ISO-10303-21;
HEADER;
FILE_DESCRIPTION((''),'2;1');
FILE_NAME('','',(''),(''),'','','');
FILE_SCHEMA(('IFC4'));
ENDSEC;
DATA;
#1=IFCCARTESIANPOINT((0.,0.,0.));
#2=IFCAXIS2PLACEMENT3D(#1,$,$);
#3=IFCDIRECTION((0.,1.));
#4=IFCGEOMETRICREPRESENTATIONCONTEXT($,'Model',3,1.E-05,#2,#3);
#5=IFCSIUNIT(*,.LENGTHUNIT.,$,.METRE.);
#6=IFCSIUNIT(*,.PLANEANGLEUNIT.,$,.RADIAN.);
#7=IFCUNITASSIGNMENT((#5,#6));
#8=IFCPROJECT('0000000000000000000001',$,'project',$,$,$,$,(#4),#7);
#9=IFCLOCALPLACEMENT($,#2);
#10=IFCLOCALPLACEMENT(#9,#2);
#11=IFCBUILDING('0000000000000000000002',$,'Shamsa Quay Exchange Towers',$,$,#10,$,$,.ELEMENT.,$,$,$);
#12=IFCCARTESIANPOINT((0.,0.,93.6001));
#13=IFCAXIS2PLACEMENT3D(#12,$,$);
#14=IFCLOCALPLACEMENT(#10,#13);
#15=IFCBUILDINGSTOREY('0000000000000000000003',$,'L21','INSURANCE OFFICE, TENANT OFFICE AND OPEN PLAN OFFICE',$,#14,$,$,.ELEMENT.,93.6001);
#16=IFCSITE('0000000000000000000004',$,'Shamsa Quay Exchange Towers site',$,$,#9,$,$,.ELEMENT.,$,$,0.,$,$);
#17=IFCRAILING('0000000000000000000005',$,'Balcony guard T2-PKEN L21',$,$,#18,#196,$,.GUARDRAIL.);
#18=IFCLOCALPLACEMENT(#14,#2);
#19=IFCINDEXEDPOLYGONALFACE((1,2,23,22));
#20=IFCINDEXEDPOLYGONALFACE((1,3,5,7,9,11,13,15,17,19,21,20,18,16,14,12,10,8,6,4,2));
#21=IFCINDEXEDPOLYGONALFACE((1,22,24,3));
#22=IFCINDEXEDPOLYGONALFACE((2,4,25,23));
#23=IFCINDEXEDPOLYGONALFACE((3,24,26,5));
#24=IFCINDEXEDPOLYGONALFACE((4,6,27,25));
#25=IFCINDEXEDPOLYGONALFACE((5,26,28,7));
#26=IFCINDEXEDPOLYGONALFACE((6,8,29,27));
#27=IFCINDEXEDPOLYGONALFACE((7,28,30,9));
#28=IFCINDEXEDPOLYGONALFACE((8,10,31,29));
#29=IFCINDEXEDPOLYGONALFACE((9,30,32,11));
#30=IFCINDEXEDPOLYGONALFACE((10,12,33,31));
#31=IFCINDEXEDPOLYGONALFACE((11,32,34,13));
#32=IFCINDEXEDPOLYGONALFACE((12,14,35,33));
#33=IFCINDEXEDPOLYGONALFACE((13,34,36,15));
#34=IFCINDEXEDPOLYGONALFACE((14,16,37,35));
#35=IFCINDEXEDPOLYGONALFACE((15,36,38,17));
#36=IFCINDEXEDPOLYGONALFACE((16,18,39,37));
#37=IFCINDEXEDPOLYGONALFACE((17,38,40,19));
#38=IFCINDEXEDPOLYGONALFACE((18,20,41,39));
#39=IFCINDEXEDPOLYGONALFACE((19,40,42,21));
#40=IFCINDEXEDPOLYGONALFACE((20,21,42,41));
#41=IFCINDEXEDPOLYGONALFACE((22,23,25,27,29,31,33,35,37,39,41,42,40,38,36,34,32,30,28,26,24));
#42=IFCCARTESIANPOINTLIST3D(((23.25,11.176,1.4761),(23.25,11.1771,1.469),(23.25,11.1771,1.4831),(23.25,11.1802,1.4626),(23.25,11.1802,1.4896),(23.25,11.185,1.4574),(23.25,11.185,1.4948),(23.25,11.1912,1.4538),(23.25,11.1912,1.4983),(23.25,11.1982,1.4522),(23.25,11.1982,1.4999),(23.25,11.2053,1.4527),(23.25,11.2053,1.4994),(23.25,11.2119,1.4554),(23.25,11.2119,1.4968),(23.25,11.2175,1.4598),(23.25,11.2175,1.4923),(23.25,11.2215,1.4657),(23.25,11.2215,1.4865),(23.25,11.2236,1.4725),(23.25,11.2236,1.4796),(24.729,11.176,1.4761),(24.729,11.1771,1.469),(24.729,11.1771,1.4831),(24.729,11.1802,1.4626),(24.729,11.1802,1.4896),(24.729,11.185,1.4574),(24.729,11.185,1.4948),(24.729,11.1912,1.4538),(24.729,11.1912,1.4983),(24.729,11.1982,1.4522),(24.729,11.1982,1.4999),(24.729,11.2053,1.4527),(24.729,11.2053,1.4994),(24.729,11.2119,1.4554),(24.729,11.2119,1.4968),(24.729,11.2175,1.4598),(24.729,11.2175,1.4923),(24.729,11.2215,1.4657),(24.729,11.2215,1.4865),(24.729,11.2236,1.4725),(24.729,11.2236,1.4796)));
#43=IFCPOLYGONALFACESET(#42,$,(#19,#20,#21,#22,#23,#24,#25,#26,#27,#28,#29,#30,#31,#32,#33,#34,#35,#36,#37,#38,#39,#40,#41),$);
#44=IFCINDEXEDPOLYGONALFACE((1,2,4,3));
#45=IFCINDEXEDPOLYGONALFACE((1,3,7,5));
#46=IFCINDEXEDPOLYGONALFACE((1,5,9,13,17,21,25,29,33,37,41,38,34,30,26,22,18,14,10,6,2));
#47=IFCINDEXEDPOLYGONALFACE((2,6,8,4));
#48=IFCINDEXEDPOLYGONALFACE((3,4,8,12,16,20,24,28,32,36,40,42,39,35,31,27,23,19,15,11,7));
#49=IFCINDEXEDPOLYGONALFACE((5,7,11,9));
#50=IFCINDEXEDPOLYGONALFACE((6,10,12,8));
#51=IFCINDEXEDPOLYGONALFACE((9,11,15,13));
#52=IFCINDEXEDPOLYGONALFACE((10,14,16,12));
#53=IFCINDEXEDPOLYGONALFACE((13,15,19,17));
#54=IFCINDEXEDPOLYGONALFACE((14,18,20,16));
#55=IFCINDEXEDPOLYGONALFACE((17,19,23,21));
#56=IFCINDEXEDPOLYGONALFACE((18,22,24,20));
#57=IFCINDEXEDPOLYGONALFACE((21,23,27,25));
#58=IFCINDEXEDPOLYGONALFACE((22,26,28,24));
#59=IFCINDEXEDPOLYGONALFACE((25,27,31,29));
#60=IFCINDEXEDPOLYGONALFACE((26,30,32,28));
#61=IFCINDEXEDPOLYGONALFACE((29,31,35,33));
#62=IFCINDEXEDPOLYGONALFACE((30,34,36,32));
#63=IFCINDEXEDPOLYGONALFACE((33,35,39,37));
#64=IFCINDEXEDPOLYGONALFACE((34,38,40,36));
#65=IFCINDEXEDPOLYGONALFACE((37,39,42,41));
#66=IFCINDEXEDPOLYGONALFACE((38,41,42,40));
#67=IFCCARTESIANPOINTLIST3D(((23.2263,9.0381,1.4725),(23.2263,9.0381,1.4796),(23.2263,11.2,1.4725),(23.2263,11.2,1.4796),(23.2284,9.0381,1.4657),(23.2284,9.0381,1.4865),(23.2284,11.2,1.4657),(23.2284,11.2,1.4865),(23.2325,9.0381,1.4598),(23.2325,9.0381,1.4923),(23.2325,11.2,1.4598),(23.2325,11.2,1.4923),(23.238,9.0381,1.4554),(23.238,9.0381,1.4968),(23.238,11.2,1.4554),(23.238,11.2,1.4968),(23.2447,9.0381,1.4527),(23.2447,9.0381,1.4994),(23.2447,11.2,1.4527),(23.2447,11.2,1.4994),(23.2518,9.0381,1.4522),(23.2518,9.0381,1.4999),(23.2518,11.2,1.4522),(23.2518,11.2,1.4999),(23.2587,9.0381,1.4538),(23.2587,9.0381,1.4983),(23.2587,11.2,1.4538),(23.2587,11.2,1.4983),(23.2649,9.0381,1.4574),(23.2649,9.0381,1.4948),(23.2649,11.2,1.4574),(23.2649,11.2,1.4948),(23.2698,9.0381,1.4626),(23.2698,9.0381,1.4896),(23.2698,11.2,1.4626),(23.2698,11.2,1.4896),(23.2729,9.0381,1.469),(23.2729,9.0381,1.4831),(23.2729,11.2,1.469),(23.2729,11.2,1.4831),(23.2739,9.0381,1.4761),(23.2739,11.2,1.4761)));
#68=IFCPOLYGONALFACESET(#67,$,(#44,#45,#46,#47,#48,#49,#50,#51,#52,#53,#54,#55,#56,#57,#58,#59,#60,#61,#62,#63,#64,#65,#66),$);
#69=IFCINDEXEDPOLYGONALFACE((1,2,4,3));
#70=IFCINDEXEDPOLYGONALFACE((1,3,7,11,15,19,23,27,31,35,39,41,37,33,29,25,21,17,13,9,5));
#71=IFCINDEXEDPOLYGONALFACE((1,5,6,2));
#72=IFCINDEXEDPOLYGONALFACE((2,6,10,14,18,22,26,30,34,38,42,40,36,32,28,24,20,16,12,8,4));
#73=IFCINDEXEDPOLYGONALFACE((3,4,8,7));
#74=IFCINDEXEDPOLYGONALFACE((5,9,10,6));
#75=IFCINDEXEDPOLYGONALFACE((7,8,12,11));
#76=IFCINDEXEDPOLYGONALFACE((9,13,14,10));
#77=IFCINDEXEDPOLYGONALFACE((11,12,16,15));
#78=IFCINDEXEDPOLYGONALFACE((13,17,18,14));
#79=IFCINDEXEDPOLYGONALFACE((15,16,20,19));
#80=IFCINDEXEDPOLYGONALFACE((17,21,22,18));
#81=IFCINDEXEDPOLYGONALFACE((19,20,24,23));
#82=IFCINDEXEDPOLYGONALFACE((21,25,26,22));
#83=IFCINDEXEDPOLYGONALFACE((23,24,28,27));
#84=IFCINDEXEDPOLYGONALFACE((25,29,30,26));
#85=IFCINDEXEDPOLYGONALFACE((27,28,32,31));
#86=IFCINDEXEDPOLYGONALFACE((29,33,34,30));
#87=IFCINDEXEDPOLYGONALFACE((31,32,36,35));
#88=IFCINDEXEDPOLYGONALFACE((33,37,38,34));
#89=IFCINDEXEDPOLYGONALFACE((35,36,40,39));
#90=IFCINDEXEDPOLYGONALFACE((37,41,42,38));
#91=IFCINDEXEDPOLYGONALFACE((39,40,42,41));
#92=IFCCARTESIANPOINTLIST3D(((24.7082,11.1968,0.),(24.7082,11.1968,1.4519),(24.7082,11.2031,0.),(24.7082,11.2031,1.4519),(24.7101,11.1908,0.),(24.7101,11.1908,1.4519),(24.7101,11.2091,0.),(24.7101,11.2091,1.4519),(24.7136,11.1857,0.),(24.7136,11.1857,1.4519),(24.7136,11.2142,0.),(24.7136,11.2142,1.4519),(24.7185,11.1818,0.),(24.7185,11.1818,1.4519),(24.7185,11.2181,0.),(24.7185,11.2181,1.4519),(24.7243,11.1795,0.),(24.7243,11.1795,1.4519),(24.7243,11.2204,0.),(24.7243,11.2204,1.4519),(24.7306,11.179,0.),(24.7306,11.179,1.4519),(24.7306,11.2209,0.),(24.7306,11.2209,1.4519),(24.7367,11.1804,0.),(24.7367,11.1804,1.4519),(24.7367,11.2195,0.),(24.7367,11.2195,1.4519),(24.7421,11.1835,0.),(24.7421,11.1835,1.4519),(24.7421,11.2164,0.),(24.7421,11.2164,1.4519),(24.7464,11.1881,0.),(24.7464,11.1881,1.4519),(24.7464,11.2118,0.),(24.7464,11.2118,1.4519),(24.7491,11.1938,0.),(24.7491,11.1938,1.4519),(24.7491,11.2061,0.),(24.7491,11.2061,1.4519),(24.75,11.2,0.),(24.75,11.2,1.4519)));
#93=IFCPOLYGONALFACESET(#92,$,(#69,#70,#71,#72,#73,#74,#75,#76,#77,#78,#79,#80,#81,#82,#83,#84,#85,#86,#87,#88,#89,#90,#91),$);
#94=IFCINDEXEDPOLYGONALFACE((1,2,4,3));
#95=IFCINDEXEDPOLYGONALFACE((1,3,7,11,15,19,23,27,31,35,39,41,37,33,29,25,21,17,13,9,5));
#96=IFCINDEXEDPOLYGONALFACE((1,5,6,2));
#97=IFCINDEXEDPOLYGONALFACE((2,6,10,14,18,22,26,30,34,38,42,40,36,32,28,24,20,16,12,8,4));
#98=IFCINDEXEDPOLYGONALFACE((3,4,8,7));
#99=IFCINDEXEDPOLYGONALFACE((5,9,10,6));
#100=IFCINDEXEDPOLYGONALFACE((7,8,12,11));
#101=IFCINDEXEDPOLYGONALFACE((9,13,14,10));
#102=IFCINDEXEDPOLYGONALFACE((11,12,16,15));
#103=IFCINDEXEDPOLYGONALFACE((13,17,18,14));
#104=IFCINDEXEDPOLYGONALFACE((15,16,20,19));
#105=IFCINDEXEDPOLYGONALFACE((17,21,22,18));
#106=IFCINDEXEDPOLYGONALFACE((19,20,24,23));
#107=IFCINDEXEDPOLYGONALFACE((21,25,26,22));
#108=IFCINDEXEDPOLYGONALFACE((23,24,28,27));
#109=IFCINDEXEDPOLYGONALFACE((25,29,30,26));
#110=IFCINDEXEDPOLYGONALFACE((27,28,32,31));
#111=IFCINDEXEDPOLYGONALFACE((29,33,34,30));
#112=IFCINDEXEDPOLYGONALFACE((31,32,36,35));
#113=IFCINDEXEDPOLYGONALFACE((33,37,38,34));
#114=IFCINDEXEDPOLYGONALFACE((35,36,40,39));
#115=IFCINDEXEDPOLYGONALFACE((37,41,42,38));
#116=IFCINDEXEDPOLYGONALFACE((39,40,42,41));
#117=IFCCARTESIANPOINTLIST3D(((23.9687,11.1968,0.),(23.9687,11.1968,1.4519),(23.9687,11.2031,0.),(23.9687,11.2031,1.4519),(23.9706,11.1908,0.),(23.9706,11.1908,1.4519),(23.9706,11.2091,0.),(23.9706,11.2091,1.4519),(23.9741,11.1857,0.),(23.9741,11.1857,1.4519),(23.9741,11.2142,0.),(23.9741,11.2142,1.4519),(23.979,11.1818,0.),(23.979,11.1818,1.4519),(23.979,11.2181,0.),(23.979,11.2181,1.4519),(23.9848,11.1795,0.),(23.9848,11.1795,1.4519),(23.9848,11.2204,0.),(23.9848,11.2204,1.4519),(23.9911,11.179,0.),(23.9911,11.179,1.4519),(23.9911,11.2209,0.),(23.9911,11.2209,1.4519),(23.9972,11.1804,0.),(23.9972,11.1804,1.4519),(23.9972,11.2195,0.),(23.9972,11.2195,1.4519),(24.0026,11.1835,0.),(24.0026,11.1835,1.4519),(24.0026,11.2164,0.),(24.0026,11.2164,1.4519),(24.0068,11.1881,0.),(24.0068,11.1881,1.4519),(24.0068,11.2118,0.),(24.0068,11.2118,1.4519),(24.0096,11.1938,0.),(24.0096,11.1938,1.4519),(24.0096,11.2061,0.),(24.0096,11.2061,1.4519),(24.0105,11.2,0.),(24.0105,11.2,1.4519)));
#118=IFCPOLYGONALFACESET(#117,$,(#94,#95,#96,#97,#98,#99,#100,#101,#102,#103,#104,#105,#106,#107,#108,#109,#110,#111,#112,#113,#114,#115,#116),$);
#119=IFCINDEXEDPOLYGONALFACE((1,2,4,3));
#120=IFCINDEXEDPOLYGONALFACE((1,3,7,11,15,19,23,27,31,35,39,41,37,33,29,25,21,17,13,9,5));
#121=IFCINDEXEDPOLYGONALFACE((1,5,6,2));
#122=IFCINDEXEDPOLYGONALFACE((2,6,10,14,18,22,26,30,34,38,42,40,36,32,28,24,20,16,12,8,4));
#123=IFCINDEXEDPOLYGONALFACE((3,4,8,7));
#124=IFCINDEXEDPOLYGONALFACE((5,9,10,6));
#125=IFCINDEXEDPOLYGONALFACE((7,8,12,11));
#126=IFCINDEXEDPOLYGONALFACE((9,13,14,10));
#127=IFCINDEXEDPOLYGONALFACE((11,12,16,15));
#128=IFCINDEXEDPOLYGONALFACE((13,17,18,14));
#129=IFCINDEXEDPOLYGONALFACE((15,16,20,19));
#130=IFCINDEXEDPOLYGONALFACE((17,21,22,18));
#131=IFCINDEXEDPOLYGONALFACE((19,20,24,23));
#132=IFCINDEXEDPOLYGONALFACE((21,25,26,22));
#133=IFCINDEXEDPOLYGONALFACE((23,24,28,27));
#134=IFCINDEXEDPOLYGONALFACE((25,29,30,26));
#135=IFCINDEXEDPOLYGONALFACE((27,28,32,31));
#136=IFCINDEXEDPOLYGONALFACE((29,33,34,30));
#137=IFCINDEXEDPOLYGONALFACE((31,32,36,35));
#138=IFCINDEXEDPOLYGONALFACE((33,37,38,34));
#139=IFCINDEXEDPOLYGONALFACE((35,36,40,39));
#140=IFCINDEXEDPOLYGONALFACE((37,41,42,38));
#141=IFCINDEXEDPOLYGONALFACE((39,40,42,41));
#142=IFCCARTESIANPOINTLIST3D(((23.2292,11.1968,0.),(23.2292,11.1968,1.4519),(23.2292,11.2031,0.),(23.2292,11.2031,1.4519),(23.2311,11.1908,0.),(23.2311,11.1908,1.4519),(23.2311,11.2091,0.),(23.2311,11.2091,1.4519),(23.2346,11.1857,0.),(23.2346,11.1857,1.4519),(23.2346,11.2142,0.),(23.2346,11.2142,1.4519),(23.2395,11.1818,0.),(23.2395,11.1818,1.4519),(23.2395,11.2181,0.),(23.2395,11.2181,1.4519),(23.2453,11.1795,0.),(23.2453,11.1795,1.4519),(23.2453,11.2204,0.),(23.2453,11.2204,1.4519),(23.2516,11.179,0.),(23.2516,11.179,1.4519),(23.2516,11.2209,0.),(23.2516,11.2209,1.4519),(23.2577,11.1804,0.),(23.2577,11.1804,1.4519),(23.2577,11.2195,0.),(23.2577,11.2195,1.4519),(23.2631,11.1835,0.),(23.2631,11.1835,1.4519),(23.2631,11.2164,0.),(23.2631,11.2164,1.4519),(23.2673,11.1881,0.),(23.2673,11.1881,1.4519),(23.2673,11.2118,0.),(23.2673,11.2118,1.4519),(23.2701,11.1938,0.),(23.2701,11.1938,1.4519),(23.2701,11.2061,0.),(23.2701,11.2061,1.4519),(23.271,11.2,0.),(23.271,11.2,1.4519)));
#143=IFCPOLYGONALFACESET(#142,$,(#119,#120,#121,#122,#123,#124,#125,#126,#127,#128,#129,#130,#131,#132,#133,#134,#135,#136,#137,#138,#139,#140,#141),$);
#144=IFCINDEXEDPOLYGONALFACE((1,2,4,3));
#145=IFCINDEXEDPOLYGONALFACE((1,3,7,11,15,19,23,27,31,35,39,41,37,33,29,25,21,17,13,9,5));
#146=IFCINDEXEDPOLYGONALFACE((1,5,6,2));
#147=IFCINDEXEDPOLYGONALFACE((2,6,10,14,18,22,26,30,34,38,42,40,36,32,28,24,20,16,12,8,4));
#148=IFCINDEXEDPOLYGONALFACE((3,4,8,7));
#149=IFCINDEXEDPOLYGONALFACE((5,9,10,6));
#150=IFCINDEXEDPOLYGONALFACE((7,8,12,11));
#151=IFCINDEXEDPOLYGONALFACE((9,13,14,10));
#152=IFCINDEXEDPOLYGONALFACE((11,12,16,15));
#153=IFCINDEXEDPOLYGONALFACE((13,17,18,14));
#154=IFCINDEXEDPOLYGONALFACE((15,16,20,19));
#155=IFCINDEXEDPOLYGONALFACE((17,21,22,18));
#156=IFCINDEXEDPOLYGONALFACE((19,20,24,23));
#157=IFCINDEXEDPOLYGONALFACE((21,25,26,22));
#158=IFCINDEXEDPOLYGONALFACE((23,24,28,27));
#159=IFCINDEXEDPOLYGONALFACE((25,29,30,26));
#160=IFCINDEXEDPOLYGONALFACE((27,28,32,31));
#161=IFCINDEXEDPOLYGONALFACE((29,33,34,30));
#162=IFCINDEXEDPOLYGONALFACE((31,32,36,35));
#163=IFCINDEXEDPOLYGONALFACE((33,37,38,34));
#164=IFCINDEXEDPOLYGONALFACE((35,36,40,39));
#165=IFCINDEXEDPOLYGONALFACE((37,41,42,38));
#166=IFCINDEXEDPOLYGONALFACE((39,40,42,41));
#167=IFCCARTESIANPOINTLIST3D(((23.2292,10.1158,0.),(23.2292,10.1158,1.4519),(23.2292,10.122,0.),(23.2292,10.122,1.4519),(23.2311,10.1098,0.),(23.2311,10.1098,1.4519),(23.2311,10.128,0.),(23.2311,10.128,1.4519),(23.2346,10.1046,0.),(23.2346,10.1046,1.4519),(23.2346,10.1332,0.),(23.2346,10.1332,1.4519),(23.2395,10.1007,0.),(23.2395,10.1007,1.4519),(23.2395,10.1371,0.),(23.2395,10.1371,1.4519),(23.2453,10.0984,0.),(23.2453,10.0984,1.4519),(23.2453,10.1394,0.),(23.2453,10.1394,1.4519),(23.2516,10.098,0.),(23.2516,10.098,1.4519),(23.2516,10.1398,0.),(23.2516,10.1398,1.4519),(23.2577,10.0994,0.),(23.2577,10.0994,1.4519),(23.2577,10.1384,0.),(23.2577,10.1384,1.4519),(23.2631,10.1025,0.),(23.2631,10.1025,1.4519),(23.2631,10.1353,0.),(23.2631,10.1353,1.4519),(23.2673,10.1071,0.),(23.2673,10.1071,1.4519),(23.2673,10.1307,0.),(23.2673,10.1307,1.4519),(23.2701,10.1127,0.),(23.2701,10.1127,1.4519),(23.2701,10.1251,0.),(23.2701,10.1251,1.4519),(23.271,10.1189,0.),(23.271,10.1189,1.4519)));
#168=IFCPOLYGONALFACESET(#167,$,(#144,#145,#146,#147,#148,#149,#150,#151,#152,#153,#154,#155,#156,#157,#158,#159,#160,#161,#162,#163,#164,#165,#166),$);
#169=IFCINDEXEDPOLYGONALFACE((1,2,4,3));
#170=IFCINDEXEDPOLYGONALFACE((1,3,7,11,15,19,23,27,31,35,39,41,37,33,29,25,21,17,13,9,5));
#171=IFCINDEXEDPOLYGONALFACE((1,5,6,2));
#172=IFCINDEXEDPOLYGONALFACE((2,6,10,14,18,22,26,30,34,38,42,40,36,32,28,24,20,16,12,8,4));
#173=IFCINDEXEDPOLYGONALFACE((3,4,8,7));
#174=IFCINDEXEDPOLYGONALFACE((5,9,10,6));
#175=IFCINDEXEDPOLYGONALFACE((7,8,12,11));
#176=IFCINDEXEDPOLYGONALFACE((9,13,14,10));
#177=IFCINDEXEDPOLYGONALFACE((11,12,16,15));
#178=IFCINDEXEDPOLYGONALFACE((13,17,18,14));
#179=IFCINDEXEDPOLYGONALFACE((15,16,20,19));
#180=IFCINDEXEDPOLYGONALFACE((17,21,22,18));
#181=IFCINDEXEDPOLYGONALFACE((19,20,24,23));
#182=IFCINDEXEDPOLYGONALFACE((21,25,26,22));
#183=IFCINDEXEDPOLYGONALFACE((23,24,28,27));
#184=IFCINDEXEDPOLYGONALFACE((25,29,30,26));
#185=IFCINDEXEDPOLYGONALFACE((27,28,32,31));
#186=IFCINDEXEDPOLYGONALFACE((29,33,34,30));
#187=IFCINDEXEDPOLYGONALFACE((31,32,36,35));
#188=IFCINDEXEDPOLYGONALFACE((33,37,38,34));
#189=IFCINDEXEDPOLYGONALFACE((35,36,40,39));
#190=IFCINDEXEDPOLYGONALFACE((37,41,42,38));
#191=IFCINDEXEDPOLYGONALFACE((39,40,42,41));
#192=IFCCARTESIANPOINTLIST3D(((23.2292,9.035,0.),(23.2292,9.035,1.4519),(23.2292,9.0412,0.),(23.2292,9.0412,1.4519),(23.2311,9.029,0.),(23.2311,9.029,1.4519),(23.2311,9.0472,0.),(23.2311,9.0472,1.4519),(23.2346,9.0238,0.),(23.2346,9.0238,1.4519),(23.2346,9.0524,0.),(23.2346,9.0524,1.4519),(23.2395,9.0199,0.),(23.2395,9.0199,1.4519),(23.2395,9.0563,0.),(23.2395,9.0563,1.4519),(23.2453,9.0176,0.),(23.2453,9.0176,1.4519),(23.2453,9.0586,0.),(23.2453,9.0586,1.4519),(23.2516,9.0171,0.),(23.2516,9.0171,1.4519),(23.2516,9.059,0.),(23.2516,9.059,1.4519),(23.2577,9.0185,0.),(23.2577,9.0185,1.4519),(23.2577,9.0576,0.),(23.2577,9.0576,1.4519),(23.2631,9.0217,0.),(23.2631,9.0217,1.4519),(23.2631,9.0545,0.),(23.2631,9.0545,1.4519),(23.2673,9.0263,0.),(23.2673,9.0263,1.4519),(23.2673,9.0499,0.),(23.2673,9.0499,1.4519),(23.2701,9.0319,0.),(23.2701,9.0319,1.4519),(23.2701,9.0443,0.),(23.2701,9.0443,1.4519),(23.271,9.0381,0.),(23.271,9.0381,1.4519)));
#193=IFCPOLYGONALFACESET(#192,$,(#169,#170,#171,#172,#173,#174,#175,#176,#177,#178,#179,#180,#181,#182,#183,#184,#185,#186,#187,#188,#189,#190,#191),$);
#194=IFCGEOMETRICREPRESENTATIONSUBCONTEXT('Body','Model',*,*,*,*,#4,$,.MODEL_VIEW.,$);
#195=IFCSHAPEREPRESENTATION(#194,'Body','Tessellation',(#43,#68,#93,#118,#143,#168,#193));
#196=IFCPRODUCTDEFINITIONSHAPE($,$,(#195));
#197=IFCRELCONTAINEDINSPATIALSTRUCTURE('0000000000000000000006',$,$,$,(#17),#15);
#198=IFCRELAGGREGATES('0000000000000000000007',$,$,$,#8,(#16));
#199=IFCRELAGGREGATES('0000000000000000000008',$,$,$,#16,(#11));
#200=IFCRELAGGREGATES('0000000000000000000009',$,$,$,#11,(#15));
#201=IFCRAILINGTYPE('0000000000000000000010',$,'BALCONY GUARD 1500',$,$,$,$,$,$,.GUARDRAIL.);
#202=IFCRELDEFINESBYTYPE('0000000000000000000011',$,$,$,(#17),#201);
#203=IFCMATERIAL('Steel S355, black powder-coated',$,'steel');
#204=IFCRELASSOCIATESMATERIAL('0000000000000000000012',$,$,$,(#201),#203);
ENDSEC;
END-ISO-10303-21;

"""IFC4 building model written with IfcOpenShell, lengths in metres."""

from ifc_helpers import new_model, si_unit, direction, frame, origin, origin_2d, place, context, subcontext, project, spatial, circle, extrude, material, type_object, element, save


model = new_model("IFC4")

# Units and contexts
model_context = context("Model", 3, precision=1e-05, world=origin(), true_north=direction((0.0, 1.0)))
body_context = subcontext(model_context, "Body", "Model", "MODEL_VIEW")
ifc_project = project(units=[si_unit("LENGTHUNIT", "METRE"), si_unit("PLANEANGLEUNIT", "RADIAN")], contexts=[model_context])

# Site, building, storey
site_placement = place(None, origin())
site = spatial("IfcSite", under=ifc_project, at=site_placement, Name="Shamsa Quay Exchange Towers site", CompositionType="ELEMENT", RefElevation=0.0)
building_placement = place(site_placement, origin())
building = spatial("IfcBuilding", under=site, at=building_placement, Name="Shamsa Quay Exchange Towers", CompositionType="ELEMENT")
storey_placement = place(building_placement, frame((0.0, 0.0, 93.6001)))
storey = spatial("IfcBuildingStorey", under=building, at=storey_placement, Name="L21", Description="INSURANCE OFFICE, TENANT OFFICE AND OPEN PLAN OFFICE", CompositionType="ELEMENT", Elevation=93.6001)

# Railing
ifc_material_1 = material(Name="Steel S355, black powder-coated", Category="steel")
railing_type = type_object("IfcRailingType", Name="BALCONY GUARD 1500", PredefinedType="GUARDRAIL", material=ifc_material_1)
for number, where, name in (
    (1, (24.729, 11.2, 0.0), "Balcony guard T2-PKEN L21"),
):
    element("IfcRailing", number, at=place(storey_placement, frame(where)), inside=storey, type_object=railing_type, Name=name, PredefinedType="GUARDRAIL", context=body_context, shape_type="SweptSolid", body=[
        extrude(circle(Radius=0.0239, at=origin_2d()), frame((0.0, 0.0, 1.4761), z_axis=(-1.0, 0.0, 0.0), x_axis=(0.0, -1.0, 0.0)), (0.0, 0.0, 1.0), 1.479),
        extrude(circle(Radius=0.0239, at=origin_2d()), frame((-1.479, 0.0, 1.4761), z_axis=(0.0, -1.0, 0.0), x_axis=(1.0, 0.0, 0.0)), (0.0, 0.0, 1.0), 2.1619),
        extrude(circle(Radius=0.021, at=origin_2d()), origin(), (0.0, 0.0, 1.0), 1.4519),
        extrude(circle(Radius=0.021, at=origin_2d()), frame((-0.7395, 0.0, 0.0)), (0.0, 0.0, 1.0), 1.4519),
        extrude(circle(Radius=0.021, at=origin_2d()), frame((-1.479, 0.0, 0.0)), (0.0, 0.0, 1.0), 1.4519),
        extrude(circle(Radius=0.021, at=origin_2d()), frame((-1.479, -1.0811, 0.0)), (0.0, 0.0, 1.0), 1.4519),
        extrude(circle(Radius=0.021, at=origin_2d()), frame((-1.479, -2.1619, 0.0)), (0.0, 0.0, 1.0), 1.4519),
    ])

save(model, "model.ifc")
